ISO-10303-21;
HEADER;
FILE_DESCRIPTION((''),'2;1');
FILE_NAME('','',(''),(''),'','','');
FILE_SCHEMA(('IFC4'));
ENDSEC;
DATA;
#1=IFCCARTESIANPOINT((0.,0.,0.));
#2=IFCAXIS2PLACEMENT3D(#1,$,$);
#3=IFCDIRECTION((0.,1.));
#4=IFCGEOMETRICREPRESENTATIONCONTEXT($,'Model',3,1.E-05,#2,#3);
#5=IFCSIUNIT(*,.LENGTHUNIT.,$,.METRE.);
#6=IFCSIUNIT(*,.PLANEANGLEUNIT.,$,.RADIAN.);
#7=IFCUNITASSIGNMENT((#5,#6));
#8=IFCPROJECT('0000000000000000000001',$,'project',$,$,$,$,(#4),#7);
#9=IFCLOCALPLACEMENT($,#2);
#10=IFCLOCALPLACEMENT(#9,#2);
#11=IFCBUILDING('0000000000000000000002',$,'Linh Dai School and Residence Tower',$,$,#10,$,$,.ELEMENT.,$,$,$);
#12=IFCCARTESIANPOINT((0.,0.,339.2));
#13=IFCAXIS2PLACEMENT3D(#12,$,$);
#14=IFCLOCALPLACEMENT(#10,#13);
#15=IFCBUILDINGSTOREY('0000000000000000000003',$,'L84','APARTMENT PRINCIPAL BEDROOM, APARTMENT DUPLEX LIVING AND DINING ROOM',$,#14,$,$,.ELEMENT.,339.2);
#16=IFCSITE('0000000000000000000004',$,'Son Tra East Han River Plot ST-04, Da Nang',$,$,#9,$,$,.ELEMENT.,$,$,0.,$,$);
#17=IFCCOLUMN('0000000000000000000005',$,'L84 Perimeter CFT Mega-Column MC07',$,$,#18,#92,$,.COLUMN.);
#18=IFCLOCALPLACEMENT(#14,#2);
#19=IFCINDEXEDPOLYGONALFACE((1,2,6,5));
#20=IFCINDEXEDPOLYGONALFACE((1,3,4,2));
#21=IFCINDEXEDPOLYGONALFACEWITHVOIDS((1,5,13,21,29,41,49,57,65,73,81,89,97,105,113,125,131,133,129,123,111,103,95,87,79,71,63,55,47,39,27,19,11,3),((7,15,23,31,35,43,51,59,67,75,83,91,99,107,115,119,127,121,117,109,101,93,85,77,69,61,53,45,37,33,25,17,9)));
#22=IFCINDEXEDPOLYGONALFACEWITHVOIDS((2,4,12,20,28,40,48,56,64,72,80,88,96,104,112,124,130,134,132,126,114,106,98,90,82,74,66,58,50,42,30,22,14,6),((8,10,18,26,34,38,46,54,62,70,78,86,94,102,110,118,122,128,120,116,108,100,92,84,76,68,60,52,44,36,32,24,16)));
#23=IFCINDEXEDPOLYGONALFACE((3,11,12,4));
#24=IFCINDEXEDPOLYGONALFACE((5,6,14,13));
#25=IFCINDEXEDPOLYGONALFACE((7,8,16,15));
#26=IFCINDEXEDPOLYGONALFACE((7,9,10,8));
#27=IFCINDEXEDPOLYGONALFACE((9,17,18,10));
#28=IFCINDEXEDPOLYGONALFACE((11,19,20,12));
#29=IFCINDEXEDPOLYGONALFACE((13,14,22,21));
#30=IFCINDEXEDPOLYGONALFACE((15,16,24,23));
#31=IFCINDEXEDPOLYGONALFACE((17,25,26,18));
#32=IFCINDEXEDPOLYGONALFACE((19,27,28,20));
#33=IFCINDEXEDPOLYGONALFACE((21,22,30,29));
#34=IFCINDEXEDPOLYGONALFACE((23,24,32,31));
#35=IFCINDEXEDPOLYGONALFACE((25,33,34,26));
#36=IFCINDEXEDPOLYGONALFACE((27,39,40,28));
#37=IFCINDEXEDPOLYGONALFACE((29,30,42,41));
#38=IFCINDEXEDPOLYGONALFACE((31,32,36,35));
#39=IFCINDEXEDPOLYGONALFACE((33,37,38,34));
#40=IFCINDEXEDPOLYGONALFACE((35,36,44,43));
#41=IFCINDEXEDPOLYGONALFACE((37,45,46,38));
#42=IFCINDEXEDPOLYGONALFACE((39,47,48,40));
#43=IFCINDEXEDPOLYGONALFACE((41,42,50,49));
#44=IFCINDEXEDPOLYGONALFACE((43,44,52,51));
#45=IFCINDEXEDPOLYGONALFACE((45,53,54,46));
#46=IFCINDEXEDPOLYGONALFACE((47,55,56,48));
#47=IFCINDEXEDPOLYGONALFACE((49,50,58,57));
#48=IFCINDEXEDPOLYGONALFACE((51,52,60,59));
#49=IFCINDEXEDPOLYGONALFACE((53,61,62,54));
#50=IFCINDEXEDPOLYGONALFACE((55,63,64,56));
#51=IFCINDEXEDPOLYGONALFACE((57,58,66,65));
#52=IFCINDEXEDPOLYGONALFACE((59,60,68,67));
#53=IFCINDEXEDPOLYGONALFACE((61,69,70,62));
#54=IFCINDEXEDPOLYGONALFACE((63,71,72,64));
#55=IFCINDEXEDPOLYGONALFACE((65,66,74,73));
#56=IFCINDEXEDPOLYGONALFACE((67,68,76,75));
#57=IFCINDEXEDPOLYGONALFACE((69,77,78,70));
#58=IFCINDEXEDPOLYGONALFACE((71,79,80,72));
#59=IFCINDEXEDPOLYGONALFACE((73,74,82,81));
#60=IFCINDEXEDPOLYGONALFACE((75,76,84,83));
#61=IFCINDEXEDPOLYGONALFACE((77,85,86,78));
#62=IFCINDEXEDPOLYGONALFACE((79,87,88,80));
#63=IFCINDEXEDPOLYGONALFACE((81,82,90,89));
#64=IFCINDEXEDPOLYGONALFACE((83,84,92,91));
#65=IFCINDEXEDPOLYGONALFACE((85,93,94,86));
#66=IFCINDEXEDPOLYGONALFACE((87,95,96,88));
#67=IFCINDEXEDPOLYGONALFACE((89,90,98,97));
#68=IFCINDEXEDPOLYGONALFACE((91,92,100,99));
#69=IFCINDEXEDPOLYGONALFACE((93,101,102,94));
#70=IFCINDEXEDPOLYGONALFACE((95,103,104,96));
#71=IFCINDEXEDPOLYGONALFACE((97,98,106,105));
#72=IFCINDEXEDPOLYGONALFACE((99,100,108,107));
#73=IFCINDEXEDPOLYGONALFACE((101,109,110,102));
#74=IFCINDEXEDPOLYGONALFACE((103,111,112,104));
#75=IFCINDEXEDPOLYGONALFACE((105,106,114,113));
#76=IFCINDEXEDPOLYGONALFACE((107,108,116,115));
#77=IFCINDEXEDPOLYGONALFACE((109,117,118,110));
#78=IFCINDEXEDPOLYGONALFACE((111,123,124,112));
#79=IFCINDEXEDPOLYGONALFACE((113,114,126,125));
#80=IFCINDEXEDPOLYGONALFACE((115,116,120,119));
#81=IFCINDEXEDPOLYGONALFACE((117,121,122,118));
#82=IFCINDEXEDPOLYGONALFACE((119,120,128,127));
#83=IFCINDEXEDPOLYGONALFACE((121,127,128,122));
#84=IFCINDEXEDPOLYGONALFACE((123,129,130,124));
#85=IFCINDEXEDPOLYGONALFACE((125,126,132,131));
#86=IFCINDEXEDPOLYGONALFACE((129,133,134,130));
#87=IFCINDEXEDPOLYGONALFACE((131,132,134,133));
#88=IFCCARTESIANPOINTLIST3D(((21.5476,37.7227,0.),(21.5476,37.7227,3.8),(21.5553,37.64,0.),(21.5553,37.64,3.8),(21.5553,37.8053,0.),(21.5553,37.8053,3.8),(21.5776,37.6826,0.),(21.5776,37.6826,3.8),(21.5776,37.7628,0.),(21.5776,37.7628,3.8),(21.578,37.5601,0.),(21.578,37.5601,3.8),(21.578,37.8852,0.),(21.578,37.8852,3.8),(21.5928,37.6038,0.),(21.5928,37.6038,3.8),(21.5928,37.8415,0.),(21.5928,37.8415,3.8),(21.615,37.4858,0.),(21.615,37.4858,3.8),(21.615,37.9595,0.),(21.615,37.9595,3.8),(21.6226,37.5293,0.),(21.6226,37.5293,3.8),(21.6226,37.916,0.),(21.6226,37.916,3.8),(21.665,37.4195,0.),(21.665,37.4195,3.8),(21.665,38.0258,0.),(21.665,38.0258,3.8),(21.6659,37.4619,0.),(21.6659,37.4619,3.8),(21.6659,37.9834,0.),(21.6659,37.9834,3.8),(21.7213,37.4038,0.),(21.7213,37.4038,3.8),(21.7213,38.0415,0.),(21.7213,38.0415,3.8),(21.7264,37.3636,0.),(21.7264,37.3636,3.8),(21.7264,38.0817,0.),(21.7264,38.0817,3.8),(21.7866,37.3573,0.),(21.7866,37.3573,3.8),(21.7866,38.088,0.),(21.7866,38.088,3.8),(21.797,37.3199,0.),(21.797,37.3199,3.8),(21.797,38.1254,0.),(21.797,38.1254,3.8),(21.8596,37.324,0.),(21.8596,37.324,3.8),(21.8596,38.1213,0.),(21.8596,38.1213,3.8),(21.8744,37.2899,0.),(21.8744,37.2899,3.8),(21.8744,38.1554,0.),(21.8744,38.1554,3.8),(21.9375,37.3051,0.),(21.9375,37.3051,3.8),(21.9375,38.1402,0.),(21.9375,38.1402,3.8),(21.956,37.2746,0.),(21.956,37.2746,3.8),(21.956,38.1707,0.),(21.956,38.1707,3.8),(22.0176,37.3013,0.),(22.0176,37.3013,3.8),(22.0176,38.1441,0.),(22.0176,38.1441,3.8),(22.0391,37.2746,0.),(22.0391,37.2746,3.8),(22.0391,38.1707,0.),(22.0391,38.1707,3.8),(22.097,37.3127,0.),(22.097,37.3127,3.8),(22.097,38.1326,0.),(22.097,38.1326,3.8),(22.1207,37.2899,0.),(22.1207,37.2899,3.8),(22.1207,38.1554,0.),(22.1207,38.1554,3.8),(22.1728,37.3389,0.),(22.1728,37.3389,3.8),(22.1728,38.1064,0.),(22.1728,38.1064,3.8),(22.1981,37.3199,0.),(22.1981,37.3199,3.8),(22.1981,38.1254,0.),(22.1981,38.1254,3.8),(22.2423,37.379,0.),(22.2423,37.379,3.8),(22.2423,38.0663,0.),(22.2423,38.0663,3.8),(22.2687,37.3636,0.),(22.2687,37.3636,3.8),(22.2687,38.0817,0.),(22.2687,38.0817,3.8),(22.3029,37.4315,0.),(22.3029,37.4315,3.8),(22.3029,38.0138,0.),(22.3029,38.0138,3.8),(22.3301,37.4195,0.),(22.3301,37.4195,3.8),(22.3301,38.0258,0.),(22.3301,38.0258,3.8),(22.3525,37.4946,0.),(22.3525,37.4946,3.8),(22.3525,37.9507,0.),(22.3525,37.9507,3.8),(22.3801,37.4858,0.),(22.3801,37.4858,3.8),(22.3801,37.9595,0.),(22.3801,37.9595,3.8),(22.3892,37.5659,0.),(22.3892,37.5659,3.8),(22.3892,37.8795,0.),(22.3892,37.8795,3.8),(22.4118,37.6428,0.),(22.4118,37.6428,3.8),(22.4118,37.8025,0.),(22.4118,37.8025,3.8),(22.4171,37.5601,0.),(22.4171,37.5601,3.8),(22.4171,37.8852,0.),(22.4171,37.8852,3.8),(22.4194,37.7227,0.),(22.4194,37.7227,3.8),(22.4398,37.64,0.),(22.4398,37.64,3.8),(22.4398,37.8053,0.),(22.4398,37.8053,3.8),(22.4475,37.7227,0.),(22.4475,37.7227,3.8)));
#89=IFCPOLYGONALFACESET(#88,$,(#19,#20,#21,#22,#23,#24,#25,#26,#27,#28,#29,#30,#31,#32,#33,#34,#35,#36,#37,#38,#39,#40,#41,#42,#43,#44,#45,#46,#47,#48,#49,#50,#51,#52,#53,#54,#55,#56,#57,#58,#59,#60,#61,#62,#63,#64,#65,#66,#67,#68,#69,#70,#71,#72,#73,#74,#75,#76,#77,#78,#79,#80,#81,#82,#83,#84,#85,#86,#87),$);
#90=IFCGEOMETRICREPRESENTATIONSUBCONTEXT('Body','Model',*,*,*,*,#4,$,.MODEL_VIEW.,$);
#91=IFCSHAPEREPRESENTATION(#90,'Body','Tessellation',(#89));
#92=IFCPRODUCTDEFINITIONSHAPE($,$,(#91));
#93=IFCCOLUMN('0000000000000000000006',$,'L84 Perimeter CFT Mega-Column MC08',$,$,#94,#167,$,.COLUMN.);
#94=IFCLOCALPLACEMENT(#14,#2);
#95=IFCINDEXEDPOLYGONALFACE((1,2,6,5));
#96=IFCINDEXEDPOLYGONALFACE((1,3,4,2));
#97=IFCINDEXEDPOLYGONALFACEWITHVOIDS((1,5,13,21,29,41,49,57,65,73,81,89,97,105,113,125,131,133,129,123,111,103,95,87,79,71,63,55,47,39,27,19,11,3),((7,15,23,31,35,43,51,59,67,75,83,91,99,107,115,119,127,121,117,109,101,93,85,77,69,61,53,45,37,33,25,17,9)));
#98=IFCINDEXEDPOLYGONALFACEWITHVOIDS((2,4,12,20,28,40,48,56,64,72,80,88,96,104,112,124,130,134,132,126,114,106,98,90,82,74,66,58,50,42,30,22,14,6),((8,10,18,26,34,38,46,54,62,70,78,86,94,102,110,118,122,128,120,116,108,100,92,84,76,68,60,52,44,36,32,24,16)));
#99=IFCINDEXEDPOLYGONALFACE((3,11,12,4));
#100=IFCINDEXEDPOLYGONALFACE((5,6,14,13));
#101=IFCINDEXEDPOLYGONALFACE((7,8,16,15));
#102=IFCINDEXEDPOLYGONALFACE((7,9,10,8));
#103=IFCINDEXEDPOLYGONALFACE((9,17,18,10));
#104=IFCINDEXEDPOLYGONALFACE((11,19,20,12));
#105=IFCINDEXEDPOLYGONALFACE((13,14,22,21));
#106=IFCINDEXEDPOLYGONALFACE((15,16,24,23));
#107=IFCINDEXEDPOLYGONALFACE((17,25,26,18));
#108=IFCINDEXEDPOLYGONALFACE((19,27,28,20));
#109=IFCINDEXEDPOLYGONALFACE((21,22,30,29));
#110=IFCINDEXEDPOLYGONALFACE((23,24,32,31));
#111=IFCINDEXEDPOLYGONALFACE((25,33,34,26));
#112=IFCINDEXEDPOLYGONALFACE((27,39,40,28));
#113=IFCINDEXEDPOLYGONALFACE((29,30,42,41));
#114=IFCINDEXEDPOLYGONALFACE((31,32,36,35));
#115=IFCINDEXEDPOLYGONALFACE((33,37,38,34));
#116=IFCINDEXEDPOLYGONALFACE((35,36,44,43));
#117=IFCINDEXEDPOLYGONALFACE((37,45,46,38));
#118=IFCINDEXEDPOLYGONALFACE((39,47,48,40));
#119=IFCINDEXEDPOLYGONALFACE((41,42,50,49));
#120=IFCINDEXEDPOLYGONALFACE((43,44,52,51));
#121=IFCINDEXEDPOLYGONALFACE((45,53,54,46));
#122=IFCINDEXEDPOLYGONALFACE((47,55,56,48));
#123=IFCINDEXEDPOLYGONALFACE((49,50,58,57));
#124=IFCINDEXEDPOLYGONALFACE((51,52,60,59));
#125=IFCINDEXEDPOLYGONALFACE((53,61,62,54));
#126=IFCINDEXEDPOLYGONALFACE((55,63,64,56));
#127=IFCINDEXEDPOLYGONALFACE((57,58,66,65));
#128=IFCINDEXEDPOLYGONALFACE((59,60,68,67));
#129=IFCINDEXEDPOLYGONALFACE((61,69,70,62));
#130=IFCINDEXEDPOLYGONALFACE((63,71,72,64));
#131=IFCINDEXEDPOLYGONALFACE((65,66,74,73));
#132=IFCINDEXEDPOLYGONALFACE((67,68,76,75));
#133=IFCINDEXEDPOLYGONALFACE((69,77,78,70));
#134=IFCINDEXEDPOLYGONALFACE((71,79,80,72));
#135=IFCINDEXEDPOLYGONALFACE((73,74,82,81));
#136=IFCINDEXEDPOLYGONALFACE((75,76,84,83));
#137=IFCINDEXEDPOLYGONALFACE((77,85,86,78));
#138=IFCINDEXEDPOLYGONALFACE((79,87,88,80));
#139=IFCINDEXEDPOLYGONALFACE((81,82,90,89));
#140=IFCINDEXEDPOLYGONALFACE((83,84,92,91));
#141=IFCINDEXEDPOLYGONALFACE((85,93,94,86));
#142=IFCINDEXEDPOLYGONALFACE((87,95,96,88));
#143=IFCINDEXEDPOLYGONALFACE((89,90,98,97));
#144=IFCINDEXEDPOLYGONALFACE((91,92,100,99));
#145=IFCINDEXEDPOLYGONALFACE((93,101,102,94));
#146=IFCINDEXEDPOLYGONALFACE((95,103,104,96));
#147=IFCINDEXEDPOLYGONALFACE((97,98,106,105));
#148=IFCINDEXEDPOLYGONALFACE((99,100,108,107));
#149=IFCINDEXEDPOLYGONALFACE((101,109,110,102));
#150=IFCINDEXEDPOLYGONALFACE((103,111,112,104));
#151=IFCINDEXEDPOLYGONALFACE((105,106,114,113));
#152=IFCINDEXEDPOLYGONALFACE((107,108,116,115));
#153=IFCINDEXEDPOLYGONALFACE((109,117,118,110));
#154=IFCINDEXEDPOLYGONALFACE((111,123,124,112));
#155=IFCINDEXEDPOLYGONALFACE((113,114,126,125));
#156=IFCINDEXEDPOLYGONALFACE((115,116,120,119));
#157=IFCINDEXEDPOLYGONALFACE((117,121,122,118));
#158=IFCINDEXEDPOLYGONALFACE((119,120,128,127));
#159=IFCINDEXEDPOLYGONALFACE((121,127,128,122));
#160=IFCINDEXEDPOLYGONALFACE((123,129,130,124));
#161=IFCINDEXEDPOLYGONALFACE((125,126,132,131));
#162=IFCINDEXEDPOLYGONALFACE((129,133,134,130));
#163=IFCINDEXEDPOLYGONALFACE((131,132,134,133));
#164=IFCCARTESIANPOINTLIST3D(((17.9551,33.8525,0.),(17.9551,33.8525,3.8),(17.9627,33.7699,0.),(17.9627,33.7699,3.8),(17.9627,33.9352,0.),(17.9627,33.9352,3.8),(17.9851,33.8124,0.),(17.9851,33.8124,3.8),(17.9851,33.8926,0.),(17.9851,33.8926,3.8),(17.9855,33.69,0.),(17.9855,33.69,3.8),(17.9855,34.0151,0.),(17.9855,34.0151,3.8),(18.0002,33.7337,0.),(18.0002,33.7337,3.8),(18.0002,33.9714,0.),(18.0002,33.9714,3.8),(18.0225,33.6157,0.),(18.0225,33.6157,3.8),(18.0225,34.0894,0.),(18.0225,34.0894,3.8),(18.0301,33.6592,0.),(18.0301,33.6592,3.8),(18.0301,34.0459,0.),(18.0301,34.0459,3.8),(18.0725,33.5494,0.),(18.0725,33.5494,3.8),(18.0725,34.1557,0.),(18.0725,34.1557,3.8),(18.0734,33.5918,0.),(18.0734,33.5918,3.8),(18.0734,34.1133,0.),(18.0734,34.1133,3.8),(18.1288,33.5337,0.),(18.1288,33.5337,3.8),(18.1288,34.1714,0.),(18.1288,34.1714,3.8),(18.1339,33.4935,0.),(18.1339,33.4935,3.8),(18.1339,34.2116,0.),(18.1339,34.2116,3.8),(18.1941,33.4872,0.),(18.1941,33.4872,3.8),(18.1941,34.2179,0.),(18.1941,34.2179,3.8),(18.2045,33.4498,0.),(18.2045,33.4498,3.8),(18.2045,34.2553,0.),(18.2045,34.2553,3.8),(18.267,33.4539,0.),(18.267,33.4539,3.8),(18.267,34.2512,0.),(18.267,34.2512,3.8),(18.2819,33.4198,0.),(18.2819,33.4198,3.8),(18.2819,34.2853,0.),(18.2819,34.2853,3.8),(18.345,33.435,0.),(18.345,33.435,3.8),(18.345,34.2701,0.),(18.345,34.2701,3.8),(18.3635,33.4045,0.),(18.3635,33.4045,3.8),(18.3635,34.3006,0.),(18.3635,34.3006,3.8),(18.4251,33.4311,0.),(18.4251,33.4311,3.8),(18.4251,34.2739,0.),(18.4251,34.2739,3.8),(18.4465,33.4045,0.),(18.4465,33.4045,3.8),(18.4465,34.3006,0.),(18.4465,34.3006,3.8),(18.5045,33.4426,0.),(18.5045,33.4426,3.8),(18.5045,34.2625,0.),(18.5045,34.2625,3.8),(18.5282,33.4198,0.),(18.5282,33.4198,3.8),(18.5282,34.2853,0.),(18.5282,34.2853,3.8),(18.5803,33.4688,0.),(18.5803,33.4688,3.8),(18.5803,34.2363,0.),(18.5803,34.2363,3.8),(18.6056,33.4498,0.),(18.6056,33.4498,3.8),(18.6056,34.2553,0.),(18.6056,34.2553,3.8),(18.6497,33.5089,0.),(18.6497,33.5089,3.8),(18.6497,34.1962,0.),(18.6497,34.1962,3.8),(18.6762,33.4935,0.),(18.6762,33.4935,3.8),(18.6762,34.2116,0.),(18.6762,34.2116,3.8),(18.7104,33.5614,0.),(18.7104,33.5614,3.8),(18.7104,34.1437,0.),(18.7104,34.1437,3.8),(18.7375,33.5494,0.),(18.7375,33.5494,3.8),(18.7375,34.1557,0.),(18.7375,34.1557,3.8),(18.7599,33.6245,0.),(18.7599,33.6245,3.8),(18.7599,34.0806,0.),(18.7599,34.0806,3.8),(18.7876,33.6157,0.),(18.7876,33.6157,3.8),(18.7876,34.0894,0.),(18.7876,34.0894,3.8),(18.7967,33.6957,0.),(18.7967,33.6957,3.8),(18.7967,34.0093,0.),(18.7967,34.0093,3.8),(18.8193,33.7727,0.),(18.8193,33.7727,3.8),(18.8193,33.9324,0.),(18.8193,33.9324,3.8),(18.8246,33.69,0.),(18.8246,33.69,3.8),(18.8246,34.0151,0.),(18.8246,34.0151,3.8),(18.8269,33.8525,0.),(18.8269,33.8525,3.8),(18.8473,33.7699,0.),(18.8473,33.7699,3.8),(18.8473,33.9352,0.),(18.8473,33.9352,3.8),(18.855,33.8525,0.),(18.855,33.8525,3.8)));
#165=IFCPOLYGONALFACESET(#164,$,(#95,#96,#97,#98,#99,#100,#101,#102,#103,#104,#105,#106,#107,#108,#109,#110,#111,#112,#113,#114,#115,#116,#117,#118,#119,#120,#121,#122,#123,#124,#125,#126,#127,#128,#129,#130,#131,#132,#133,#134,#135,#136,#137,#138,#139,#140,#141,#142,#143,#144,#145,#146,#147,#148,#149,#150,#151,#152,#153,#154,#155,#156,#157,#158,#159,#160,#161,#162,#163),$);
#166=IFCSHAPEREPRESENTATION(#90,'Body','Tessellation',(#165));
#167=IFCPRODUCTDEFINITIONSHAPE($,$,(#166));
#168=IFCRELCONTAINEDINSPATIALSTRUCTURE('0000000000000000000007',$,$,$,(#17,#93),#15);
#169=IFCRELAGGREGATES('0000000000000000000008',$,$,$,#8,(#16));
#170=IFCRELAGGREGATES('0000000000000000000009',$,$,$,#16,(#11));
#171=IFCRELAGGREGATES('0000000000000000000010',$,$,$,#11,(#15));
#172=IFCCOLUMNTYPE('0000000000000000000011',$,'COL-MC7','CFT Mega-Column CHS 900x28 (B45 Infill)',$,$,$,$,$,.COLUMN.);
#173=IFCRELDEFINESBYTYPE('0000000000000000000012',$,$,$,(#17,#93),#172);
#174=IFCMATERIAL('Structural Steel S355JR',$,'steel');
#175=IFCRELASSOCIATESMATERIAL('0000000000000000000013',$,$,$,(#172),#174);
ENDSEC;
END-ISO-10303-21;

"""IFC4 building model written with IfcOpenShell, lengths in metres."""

from ifc_helpers import new_model, si_unit, direction, frame, origin, origin_2d, place, context, subcontext, project, spatial, hollow_circle, extrude, material, material_profile, profile_set, type_object, element, save


model = new_model("IFC4")

# Units and contexts
model_context = context("Model", 3, precision=1e-05, world=origin(), true_north=direction((0.0, 1.0)))
body_context = subcontext(model_context, "Body", "Model", "MODEL_VIEW")
ifc_project = project(units=[si_unit("LENGTHUNIT", "METRE"), si_unit("PLANEANGLEUNIT", "RADIAN")], contexts=[model_context])

# Site, building, storey
site_placement = place(None, origin())
site = spatial("IfcSite", under=ifc_project, at=site_placement, Name="Son Tra East Han River Plot ST-04, Da Nang", CompositionType="ELEMENT", RefElevation=0.0)
building_placement = place(site_placement, origin())
building = spatial("IfcBuilding", under=site, at=building_placement, Name="Linh Dai School and Residence Tower", CompositionType="ELEMENT")
storey_placement = place(building_placement, frame((0.0, 0.0, 339.2)))
storey = spatial("IfcBuildingStorey", under=building, at=storey_placement, Name="L84", Description="APARTMENT PRINCIPAL BEDROOM, APARTMENT DUPLEX LIVING AND DINING ROOM", CompositionType="ELEMENT", Elevation=339.2)

# Columns
ifc_material_1 = material(Name="Structural Steel S355JR", Category="steel")
ifc_material_profile_1 = material_profile(ifc_material_1, hollow_circle(Radius=0.45, WallThickness=0.0281, at=origin_2d()), Name="CHS 900x28")
ifc_profile_set_1 = profile_set([ifc_material_profile_1], Name="Structural Steel S355JR")
column_type = type_object("IfcColumnType", Name="COL-MC7", Description="CFT Mega-Column CHS 900x28 (B45 Infill)", PredefinedType="COLUMN", material=ifc_profile_set_1)
for number, where, z_axis, x_axis, name in (
    (1, (21.9976, 37.7227, 0.0), (0.0, 0.0, 1.0), (1.0, 0.0, 0.0), "L84 Perimeter CFT Mega-Column MC07"),
    (2, (18.405, 33.8525, 0.0), (0.0, 0.0, 1.0), (1.0, 0.0, 0.0), "L84 Perimeter CFT Mega-Column MC08"),
):
    element("IfcColumn", number, at=place(storey_placement, frame(where, z_axis=z_axis, x_axis=x_axis)), inside=storey, type_object=column_type, Name=name, PredefinedType="COLUMN", context=body_context, shape_type="SweptSolid", body=[
        extrude(hollow_circle(Radius=0.45, WallThickness=0.0281, at=origin_2d()), origin(), (0.0, 0.0, 1.0), 3.8),
    ])

save(model, "model.ifc")
